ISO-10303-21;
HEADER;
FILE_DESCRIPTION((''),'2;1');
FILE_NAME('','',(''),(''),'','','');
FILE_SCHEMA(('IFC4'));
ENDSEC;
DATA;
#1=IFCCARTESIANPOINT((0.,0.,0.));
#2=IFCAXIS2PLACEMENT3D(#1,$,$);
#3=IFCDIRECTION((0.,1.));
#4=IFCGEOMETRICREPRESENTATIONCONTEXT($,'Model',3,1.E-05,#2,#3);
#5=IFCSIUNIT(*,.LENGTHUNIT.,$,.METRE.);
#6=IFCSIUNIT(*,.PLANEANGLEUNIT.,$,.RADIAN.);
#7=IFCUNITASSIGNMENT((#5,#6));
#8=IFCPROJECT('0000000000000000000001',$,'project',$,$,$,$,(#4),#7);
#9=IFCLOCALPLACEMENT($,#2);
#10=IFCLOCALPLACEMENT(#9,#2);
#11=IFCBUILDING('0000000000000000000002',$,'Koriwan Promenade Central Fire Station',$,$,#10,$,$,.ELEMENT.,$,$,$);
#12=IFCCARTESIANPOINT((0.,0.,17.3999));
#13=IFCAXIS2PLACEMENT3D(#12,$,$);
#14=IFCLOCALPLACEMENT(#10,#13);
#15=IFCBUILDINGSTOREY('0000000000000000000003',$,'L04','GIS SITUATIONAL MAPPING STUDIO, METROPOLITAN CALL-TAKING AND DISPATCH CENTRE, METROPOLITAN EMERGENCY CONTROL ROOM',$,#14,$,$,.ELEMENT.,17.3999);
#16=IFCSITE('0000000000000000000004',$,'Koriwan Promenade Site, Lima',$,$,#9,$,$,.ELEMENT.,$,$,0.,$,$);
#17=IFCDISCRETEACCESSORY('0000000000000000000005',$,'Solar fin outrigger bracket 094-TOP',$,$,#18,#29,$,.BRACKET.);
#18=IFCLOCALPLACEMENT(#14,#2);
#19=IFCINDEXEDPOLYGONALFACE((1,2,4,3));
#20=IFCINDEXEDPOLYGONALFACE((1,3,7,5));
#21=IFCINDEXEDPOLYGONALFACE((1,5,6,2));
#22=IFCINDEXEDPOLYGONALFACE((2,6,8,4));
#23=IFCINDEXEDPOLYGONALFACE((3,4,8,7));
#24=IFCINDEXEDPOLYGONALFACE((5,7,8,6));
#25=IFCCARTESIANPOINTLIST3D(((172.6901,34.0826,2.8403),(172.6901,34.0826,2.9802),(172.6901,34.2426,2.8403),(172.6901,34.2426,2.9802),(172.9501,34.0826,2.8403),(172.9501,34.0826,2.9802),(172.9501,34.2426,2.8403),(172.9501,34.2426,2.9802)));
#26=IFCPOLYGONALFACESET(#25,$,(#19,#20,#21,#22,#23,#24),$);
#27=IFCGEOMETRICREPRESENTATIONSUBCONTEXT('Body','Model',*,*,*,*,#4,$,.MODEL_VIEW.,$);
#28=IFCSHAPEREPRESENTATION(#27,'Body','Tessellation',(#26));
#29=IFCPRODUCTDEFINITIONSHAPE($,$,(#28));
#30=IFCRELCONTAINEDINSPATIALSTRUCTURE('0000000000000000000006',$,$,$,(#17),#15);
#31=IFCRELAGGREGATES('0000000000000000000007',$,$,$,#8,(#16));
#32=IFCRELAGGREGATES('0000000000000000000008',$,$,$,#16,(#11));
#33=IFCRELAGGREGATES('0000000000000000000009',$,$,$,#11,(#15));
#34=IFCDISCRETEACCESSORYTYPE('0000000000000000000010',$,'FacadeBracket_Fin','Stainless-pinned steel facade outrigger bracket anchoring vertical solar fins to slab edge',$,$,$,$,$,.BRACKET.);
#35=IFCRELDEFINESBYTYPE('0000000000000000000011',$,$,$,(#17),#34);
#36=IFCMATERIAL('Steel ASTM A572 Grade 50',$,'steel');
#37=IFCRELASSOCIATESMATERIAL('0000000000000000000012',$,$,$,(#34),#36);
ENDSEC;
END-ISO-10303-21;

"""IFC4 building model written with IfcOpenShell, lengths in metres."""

from ifc_helpers import new_model, si_unit, direction, frame, origin, origin_2d, place, context, subcontext, project, spatial, rectangle, extrude, material, type_object, element, save


model = new_model("IFC4")

# Units and contexts
model_context = context("Model", 3, precision=1e-05, world=origin(), true_north=direction((0.0, 1.0)))
body_context = subcontext(model_context, "Body", "Model", "MODEL_VIEW")
ifc_project = project(units=[si_unit("LENGTHUNIT", "METRE"), si_unit("PLANEANGLEUNIT", "RADIAN")], contexts=[model_context])

# Site, building, storey
site_placement = place(None, origin())
site = spatial("IfcSite", under=ifc_project, at=site_placement, Name="Koriwan Promenade Site, Lima", CompositionType="ELEMENT", RefElevation=0.0)
building_placement = place(site_placement, origin())
building = spatial("IfcBuilding", under=site, at=building_placement, Name="Koriwan Promenade Central Fire Station", CompositionType="ELEMENT")
storey_placement = place(building_placement, frame((0.0, 0.0, 17.3999)))
storey = spatial("IfcBuildingStorey", under=building, at=storey_placement, Name="L04", Description="GIS SITUATIONAL MAPPING STUDIO, METROPOLITAN CALL-TAKING AND DISPATCH CENTRE, METROPOLITAN EMERGENCY CONTROL ROOM", CompositionType="ELEMENT", Elevation=17.3999)

# Discrete accessory
ifc_material_1 = material(Name="Steel ASTM A572 Grade 50", Category="steel")
discrete_accessory_type = type_object("IfcDiscreteAccessoryType", Name="FacadeBracket_Fin", Description="Stainless-pinned steel facade outrigger bracket anchoring vertical solar fins to slab edge", PredefinedType="BRACKET", material=ifc_material_1)
for number, where, z_axis, x_axis, name in (
    (1, (172.8201, 34.1626, 2.8403), (0.0, 0.0, 1.0), (1.0, 0.0, 0.0), "Solar fin outrigger bracket 094-TOP"),
):
    element("IfcDiscreteAccessory", number, at=place(storey_placement, frame(where, z_axis=z_axis, x_axis=x_axis)), inside=storey, type_object=discrete_accessory_type, Name=name, PredefinedType="BRACKET", context=body_context, shape_type="SweptSolid", body=[
        extrude(rectangle(XDim=0.26, YDim=0.1599, at=origin_2d()), origin(), (0.0, 0.0, 1.0), 0.1399),
    ])

save(model, "model.ifc")
